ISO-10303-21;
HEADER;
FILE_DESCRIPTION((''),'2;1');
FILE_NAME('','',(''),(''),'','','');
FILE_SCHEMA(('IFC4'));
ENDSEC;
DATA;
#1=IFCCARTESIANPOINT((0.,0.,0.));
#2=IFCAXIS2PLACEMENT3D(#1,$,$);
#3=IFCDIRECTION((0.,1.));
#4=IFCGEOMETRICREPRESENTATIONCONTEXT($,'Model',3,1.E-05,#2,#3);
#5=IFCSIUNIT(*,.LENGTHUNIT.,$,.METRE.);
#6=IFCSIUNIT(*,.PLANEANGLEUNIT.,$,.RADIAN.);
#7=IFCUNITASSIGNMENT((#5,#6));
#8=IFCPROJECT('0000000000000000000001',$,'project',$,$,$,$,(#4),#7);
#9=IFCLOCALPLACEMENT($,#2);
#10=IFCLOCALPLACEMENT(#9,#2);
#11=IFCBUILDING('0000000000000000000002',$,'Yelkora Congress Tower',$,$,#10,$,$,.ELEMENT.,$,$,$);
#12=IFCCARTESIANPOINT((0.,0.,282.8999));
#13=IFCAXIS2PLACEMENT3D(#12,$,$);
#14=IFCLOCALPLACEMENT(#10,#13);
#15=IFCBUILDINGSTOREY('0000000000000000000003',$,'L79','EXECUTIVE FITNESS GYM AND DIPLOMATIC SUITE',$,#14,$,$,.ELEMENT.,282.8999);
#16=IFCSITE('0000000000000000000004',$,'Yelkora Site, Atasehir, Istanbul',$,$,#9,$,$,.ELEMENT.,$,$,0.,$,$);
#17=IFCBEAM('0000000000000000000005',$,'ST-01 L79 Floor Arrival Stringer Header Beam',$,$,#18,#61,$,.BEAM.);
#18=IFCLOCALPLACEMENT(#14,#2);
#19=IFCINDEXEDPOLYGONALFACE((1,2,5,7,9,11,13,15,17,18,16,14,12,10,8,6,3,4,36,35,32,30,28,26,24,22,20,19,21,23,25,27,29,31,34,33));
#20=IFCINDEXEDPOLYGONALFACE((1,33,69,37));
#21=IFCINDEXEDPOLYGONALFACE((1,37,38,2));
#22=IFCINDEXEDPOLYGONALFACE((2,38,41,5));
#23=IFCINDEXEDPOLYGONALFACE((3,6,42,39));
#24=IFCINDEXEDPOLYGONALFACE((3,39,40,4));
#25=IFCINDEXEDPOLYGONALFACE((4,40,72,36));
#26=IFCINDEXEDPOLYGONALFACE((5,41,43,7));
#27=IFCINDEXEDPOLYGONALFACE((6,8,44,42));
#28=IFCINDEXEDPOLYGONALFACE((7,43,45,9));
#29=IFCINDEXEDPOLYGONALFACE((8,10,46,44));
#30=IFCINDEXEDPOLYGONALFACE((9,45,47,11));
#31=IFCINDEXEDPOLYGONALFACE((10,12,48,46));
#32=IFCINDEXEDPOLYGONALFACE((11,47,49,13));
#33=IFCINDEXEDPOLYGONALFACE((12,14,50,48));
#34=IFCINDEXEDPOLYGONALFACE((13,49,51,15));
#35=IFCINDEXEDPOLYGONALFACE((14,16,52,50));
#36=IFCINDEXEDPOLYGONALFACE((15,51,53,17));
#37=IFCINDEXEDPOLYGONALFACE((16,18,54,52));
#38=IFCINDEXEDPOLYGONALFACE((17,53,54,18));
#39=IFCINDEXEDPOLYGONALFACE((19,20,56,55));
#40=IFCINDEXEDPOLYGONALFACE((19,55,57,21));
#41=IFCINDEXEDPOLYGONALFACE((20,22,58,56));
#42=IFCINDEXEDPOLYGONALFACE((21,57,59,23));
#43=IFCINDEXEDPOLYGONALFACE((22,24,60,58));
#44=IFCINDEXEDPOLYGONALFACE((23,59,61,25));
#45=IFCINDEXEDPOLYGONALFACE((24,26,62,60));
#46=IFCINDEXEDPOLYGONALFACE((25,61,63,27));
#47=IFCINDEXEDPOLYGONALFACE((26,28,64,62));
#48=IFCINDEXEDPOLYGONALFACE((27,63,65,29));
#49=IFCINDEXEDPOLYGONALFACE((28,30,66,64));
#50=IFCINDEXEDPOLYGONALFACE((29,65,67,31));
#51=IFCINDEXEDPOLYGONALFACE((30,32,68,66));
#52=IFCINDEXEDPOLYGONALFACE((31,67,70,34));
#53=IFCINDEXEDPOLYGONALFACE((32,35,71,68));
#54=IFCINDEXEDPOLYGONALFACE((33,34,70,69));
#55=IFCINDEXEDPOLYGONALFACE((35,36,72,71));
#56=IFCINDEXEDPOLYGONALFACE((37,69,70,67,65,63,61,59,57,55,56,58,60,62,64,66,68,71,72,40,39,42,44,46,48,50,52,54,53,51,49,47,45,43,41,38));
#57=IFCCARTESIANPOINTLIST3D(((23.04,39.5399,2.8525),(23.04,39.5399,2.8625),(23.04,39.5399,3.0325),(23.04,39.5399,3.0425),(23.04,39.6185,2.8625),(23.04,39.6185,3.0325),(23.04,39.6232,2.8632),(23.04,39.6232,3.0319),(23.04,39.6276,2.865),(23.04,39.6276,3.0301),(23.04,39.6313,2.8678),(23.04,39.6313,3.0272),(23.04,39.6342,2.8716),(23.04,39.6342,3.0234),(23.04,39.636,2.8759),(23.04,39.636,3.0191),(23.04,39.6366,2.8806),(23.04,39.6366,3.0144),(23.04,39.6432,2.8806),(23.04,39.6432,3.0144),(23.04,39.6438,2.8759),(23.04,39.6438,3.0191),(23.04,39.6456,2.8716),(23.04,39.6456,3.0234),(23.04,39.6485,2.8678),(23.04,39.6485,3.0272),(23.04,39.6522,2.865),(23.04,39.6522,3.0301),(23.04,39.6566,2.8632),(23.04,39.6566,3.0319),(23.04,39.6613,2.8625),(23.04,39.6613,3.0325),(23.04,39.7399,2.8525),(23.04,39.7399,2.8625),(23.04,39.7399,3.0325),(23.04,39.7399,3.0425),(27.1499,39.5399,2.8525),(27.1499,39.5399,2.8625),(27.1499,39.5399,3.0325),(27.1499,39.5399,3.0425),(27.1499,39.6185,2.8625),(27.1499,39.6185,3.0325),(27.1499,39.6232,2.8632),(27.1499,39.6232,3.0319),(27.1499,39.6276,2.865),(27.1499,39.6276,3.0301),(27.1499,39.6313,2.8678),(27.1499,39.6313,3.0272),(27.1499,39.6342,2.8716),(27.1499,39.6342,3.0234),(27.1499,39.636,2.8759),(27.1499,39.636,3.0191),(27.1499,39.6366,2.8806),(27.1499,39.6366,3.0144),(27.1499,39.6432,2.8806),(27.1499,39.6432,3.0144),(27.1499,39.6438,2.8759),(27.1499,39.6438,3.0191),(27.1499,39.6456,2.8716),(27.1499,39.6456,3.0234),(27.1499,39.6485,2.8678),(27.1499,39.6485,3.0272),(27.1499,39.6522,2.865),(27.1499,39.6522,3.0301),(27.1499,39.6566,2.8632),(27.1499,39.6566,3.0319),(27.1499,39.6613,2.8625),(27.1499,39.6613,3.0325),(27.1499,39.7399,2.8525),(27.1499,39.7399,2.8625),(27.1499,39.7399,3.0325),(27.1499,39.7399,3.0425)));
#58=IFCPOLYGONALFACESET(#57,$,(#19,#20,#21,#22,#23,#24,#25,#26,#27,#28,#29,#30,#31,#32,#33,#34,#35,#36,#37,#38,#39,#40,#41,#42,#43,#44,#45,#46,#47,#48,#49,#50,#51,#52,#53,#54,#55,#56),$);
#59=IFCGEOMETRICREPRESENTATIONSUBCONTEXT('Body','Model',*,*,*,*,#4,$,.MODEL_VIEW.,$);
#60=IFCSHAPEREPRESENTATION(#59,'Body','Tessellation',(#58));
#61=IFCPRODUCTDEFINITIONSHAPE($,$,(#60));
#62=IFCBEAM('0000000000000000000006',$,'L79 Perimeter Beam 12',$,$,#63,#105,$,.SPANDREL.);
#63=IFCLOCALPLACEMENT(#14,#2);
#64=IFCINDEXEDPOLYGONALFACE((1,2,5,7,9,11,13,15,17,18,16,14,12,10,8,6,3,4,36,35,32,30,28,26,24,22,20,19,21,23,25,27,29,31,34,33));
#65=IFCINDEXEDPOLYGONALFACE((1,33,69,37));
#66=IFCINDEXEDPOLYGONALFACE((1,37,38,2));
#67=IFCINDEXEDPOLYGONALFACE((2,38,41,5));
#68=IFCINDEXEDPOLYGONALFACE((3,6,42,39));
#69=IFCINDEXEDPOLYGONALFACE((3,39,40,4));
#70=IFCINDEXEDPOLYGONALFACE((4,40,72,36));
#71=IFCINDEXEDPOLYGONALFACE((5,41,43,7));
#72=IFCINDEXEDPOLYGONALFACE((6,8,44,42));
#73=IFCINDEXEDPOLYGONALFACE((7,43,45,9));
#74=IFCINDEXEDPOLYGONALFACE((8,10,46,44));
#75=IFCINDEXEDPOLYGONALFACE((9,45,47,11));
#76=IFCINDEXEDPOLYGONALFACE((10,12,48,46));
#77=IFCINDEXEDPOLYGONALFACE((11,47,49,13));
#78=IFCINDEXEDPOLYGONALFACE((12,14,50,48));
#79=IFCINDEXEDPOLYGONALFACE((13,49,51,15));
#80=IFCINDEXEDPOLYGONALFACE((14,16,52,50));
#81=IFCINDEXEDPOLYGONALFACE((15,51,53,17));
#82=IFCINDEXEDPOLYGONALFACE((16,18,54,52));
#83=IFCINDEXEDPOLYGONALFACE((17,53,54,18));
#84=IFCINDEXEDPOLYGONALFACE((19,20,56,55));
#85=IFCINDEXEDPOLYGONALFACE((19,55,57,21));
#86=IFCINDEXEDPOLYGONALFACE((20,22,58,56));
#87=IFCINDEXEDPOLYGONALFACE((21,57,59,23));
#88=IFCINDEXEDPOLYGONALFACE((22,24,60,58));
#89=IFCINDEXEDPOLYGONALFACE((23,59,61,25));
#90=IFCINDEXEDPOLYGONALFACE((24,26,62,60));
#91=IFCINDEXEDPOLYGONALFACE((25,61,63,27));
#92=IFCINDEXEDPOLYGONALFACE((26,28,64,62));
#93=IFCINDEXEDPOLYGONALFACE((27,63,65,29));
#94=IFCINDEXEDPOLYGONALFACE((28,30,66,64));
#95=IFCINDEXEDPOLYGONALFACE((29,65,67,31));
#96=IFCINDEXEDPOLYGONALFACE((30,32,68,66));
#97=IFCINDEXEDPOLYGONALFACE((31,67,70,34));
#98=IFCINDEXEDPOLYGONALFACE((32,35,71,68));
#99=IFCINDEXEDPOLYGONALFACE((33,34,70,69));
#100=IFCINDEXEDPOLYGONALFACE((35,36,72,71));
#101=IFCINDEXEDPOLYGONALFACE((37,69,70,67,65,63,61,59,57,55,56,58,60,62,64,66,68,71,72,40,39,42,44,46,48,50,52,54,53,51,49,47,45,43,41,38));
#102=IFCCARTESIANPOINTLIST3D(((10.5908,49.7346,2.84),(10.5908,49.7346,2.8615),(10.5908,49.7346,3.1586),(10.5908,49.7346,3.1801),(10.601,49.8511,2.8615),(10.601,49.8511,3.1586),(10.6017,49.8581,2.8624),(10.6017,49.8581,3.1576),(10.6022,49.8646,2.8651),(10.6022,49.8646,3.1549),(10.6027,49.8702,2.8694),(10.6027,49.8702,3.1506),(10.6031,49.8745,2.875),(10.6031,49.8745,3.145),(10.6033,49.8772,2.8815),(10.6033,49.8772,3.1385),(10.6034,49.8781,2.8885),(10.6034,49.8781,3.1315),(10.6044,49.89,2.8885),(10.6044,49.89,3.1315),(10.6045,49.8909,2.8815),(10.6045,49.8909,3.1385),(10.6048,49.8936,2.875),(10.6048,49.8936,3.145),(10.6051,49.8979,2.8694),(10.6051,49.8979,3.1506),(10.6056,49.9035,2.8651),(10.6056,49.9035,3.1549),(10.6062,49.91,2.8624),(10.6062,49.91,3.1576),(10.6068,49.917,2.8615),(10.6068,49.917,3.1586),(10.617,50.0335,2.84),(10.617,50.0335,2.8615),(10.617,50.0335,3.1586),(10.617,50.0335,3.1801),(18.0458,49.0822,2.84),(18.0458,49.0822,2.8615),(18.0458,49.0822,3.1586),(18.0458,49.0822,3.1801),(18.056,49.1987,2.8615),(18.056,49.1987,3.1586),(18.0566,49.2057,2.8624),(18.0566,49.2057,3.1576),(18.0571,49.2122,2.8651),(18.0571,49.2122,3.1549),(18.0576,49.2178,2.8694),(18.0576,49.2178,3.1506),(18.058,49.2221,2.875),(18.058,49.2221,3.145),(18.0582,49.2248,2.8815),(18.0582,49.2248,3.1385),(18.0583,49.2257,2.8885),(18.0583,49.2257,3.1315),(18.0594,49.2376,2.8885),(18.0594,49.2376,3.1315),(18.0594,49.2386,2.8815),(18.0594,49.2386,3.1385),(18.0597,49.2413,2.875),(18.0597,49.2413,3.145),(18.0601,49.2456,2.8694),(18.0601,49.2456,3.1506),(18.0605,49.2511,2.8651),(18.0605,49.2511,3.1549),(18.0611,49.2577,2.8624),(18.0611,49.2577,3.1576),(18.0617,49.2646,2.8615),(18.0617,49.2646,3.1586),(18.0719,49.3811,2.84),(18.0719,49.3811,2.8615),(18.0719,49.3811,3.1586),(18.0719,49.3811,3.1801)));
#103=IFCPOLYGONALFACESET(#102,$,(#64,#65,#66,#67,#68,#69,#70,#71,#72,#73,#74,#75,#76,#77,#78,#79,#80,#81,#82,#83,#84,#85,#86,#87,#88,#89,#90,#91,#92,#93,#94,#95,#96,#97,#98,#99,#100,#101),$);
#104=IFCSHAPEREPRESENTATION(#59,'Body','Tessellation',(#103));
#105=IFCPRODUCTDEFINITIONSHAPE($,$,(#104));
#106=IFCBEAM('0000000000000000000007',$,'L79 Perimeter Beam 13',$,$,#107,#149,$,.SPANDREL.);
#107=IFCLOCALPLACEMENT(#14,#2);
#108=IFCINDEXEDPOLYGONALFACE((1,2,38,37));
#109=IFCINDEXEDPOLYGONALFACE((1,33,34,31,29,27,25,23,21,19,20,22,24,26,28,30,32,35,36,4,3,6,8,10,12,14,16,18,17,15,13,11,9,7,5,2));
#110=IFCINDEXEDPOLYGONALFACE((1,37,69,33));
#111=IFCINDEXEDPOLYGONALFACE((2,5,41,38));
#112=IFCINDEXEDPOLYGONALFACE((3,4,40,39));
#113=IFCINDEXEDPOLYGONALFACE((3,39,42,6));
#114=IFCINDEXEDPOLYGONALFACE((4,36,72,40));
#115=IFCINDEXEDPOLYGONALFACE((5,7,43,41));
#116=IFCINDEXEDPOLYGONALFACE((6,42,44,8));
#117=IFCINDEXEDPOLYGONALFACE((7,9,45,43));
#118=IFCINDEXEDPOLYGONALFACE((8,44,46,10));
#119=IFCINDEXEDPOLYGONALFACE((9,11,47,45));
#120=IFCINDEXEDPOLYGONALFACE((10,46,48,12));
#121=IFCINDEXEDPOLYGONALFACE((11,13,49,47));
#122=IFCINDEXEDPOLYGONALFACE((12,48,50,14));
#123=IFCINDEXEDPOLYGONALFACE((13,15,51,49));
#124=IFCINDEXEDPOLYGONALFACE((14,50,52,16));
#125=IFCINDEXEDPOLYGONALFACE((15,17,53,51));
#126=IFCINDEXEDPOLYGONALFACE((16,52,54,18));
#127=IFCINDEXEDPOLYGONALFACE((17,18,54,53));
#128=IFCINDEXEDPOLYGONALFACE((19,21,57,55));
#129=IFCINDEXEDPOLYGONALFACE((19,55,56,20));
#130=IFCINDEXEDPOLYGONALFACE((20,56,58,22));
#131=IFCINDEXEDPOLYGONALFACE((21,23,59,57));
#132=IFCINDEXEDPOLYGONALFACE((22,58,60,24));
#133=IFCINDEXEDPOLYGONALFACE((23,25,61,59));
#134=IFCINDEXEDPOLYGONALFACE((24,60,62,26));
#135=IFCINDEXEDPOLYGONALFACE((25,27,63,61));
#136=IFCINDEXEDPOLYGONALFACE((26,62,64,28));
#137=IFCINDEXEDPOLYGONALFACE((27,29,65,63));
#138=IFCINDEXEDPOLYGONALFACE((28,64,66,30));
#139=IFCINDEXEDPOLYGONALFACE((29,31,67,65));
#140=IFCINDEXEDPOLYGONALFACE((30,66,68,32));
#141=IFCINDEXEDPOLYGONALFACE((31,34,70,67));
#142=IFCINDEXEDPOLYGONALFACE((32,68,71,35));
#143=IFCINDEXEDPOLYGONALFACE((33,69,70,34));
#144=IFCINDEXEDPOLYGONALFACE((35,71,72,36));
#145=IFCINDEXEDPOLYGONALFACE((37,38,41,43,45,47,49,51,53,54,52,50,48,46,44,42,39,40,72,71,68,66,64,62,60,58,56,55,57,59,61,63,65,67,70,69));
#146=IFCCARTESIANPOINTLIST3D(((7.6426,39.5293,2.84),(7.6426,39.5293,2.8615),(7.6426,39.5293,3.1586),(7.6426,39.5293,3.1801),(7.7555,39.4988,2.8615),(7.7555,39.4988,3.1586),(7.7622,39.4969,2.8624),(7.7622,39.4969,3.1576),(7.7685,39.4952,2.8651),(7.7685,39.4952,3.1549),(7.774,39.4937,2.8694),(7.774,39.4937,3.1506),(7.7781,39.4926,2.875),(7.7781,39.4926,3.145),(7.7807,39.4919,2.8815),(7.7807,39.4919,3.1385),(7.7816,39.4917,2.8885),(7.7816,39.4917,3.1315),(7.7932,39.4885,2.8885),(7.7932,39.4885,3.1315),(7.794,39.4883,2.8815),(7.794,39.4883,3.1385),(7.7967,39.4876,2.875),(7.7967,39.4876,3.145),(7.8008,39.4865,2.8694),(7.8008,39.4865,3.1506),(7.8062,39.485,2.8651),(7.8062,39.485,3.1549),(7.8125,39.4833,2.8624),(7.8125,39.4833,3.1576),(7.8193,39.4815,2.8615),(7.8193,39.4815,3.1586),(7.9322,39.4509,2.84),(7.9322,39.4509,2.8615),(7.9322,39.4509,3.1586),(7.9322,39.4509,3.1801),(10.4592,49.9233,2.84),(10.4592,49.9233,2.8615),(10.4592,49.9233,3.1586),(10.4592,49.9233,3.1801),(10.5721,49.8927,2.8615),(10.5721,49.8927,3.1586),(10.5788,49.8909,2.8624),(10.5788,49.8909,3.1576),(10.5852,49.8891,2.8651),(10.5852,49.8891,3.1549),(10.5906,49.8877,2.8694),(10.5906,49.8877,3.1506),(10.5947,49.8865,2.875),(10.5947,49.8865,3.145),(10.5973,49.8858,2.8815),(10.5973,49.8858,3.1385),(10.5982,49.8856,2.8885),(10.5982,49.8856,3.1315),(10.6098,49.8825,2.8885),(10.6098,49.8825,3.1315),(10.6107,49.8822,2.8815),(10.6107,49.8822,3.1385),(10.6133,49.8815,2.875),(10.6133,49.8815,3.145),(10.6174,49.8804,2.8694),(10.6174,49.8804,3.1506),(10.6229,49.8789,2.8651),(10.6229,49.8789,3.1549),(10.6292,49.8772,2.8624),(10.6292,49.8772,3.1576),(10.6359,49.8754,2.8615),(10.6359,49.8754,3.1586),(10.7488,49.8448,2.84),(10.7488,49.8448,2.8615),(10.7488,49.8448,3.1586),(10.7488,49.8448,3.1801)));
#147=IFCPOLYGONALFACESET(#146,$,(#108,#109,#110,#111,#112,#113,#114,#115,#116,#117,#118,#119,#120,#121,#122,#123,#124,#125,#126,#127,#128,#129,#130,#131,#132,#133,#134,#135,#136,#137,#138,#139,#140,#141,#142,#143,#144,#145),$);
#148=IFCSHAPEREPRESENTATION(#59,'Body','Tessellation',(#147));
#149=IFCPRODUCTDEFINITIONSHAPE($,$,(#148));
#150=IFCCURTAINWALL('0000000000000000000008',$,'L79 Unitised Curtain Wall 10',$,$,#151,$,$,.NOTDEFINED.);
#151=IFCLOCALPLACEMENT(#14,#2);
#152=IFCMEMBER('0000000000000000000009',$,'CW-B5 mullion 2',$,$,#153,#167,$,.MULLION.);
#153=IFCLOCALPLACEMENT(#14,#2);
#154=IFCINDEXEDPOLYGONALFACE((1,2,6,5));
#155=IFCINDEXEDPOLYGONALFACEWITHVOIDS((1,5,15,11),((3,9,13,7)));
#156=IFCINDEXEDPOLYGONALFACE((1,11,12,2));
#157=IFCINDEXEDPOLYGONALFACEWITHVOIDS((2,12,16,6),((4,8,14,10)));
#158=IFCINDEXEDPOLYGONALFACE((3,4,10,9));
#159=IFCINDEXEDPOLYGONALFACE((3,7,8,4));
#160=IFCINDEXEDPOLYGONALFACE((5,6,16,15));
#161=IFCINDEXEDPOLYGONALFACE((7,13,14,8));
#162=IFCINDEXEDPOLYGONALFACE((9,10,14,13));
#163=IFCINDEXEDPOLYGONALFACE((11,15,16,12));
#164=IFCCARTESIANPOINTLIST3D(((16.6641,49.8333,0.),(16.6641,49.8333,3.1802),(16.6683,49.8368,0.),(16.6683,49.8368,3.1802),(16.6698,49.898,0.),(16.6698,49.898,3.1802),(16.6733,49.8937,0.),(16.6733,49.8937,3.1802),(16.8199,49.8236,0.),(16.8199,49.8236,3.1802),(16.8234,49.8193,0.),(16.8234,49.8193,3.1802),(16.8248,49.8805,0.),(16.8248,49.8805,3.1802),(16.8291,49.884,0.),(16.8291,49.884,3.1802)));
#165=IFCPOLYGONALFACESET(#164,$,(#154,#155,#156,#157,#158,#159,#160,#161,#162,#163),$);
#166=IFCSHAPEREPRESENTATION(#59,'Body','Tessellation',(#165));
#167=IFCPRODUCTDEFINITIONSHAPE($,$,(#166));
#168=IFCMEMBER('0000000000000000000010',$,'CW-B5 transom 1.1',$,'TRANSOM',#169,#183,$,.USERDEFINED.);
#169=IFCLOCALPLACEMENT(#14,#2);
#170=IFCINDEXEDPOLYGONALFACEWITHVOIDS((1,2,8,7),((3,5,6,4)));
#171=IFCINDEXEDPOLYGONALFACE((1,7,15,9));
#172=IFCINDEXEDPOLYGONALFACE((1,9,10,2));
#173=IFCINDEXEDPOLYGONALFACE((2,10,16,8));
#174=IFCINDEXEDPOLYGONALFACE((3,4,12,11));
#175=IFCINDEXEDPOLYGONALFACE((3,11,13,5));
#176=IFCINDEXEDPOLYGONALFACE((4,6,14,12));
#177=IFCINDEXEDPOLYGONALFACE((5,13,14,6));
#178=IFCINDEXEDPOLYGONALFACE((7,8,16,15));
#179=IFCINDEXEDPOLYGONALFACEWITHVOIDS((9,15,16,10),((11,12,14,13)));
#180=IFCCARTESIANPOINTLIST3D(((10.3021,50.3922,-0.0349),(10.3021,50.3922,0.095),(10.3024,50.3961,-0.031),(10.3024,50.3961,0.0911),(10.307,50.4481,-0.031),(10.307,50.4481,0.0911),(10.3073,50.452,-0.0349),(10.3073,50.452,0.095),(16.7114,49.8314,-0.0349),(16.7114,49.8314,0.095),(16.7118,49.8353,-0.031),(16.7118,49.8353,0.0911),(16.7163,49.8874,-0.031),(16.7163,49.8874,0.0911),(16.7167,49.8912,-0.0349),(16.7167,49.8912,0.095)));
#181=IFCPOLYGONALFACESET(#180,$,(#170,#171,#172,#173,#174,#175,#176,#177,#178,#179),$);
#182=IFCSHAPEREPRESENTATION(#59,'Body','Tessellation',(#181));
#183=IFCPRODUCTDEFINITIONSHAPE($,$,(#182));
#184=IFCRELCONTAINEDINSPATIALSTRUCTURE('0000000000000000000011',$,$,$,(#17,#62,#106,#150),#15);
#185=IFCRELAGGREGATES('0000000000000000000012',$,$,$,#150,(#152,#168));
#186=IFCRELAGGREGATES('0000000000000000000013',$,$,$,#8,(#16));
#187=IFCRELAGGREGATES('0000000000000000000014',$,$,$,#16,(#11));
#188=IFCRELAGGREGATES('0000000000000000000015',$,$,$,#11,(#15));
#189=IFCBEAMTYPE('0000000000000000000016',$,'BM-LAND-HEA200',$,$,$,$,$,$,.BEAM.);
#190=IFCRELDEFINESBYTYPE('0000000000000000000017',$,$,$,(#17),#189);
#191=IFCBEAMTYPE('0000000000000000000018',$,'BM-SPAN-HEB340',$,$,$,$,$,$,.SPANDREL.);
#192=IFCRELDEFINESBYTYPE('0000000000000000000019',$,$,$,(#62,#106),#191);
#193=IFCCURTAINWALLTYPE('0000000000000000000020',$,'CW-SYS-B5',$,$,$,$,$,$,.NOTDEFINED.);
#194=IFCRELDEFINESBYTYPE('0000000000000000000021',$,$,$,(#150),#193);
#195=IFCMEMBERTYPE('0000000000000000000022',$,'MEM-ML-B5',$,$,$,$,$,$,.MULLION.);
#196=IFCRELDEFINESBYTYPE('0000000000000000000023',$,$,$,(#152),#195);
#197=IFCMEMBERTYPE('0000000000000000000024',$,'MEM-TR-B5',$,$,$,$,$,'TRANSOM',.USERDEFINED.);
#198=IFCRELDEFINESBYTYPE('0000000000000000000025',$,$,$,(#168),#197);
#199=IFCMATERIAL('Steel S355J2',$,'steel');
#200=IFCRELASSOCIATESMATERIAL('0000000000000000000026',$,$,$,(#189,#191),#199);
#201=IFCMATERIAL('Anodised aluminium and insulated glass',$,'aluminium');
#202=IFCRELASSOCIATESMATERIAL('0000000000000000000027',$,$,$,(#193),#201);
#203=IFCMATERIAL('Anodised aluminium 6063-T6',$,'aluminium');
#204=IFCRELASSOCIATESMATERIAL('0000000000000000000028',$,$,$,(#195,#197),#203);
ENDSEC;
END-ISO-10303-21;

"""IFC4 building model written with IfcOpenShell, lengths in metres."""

from ifc_helpers import new_model, si_unit, direction, frame, origin, origin_2d, place, context, subcontext, project, spatial, hollow_rectangle, i_section, extrude, material, material_profile, profile_set, type_object, element, aggregate, save


model = new_model("IFC4")

# Units and contexts
model_context = context("Model", 3, precision=1e-05, world=origin(), true_north=direction((0.0, 1.0)))
body_context = subcontext(model_context, "Body", "Model", "MODEL_VIEW")
ifc_project = project(units=[si_unit("LENGTHUNIT", "METRE"), si_unit("PLANEANGLEUNIT", "RADIAN")], contexts=[model_context])

# Site, building, storey
site_placement = place(None, origin())
site = spatial("IfcSite", under=ifc_project, at=site_placement, Name="Yelkora Site, Atasehir, Istanbul", CompositionType="ELEMENT", RefElevation=0.0)
building_placement = place(site_placement, origin())
building = spatial("IfcBuilding", under=site, at=building_placement, Name="Yelkora Congress Tower", CompositionType="ELEMENT")
storey_placement = place(building_placement, frame((0.0, 0.0, 282.8999)))
storey = spatial("IfcBuildingStorey", under=building, at=storey_placement, Name="L79", Description="EXECUTIVE FITNESS GYM AND DIPLOMATIC SUITE", CompositionType="ELEMENT", Elevation=282.8999)

# Shared definitions
ifc_material_1 = material(Name="Steel S355J2", Category="steel")

# Beams
ifc_material_profile_1 = material_profile(ifc_material_1, i_section(OverallWidth=0.2, OverallDepth=0.1899, WebThickness=0.0066, FlangeThickness=0.01, FilletRadius=0.0181, at=origin_2d()), Name="HEA 200")
ifc_profile_set_1 = profile_set([ifc_material_profile_1], Name="Steel S355J2")
beam_type_1 = type_object("IfcBeamType", Name="BM-LAND-HEA200", PredefinedType="BEAM", material=ifc_profile_set_1)
for number, where, z_axis, x_axis, name in (
    (1, (23.04, 39.6399, 2.9475), (1.0, 0.0, 0.0), (0.0, 1.0, 0.0), "ST-01 L79 Floor Arrival Stringer Header Beam"),
):
    element("IfcBeam", number, at=place(storey_placement, frame(where, z_axis=z_axis, x_axis=x_axis)), inside=storey, type_object=beam_type_1, Name=name, PredefinedType="BEAM", context=body_context, shape_type="SweptSolid", body=[
        extrude(i_section(OverallWidth=0.2, OverallDepth=0.1899, WebThickness=0.0066, FlangeThickness=0.01, FilletRadius=0.0181, at=origin_2d()), origin(), (0.0, 0.0, 1.0), 4.1099),
    ])
ifc_material_profile_2 = material_profile(ifc_material_1, i_section(OverallWidth=0.3, OverallDepth=0.3401, WebThickness=0.012, FlangeThickness=0.0215, FilletRadius=0.0271, at=origin_2d()), Name="HEB 340")
ifc_profile_set_2 = profile_set([ifc_material_profile_2], Name="Steel S355J2")
beam_type_2 = type_object("IfcBeamType", Name="BM-SPAN-HEB340", PredefinedType="SPANDREL", material=ifc_profile_set_2)
beam_1_placement = place(storey_placement, frame((18.0588, 49.2317, 3.01), z_axis=(-0.996193, 0.087173, 0.0), x_axis=(-0.087173, -0.996193, 0.0)))
element("IfcBeam", 2, at=beam_1_placement, inside=storey, type_object=beam_type_2, Name="L79 Perimeter Beam 12", PredefinedType="SPANDREL", context=body_context, shape_type="SweptSolid", body=[
    extrude(i_section(OverallWidth=0.3, OverallDepth=0.3401, WebThickness=0.012, FlangeThickness=0.0215, FilletRadius=0.0271, at=origin_2d()), origin(), (0.0, 0.0, 1.0), 7.4834),
])
beam_2_placement = place(storey_placement, frame((10.604, 49.884, 3.01), z_axis=(-0.261554, -0.965189, 0.0), x_axis=(0.965189, -0.261554, 0.0)))
element("IfcBeam", 3, at=beam_2_placement, inside=storey, type_object=beam_type_2, Name="L79 Perimeter Beam 13", PredefinedType="SPANDREL", context=body_context, shape_type="SweptSolid", body=[
    extrude(i_section(OverallWidth=0.3, OverallDepth=0.3401, WebThickness=0.012, FlangeThickness=0.0215, FilletRadius=0.0271, at=origin_2d()), origin(), (0.0, 0.0, 1.0), 10.7688),
])

# Curtain wall, members
ifc_material_2 = material(Name="Anodised aluminium and insulated glass", Category="aluminium")
curtain_wall_type = type_object("IfcCurtainWallType", Name="CW-SYS-B5", PredefinedType="NOTDEFINED", material=ifc_material_2)
curtain_wall_placement = place(storey_placement, origin())
curtain_wall = element("IfcCurtainWall", 4, at=curtain_wall_placement, inside=storey, type_object=curtain_wall_type, Name="L79 Unitised Curtain Wall 10", PredefinedType="NOTDEFINED")
ifc_material_3 = material(Name="Anodised aluminium 6063-T6", Category="aluminium")
ifc_material_profile_3 = material_profile(ifc_material_3, hollow_rectangle(XDim=0.0649, YDim=0.1599, WallThickness=0.0039, at=origin_2d()), Name="ALU 65x160x4")
ifc_profile_set_3 = profile_set([ifc_material_profile_3], Name="Anodised aluminium 6063-T6")
member_type_1 = type_object("IfcMemberType", Name="MEM-ML-B5", PredefinedType="MULLION", material=ifc_profile_set_3)
member_1_placement = place(storey_placement, frame((16.7466, 49.8586, 0.0), z_axis=(0.0, 0.0, 1.0), x_axis=(0.087157, 0.996195, 0.0)))
member_1 = element("IfcMember", 5, at=member_1_placement, type_object=member_type_1, Name="CW-B5 mullion 2", PredefinedType="MULLION", context=body_context, shape_type="SweptSolid", body=[
    extrude(hollow_rectangle(XDim=0.0649, YDim=0.1599, WallThickness=0.0039, at=origin_2d()), origin(), (0.0, 0.0, 1.0), 3.1802),
])
ifc_material_profile_4 = material_profile(ifc_material_3, hollow_rectangle(XDim=0.0601, YDim=0.1299, WallThickness=0.0039, at=origin_2d()), Name="ALU 60x130x4")
ifc_profile_set_4 = profile_set([ifc_material_profile_4], Name="Anodised aluminium 6063-T6")
member_type_2 = type_object("IfcMemberType", Name="MEM-TR-B5", ElementType="TRANSOM", PredefinedType="USERDEFINED", material=ifc_profile_set_4)
member_2_placement = place(storey_placement, frame((10.3047, 50.4221, 0.03), z_axis=(0.996194, -0.087162, 0.0), x_axis=(0.087162, 0.996194, 0.0)))
member_2 = element("IfcMember", 6, at=member_2_placement, type_object=member_type_2, Name="CW-B5 transom 1.1", ObjectType="TRANSOM", PredefinedType="USERDEFINED", context=body_context, shape_type="SweptSolid", body=[
    extrude(hollow_rectangle(XDim=0.0601, YDim=0.1299, WallThickness=0.0039, at=origin_2d()), origin(), (0.0, 0.0, 1.0), 6.4338),
])
aggregate(curtain_wall, [member_1, member_2])

save(model, "model.ifc")
